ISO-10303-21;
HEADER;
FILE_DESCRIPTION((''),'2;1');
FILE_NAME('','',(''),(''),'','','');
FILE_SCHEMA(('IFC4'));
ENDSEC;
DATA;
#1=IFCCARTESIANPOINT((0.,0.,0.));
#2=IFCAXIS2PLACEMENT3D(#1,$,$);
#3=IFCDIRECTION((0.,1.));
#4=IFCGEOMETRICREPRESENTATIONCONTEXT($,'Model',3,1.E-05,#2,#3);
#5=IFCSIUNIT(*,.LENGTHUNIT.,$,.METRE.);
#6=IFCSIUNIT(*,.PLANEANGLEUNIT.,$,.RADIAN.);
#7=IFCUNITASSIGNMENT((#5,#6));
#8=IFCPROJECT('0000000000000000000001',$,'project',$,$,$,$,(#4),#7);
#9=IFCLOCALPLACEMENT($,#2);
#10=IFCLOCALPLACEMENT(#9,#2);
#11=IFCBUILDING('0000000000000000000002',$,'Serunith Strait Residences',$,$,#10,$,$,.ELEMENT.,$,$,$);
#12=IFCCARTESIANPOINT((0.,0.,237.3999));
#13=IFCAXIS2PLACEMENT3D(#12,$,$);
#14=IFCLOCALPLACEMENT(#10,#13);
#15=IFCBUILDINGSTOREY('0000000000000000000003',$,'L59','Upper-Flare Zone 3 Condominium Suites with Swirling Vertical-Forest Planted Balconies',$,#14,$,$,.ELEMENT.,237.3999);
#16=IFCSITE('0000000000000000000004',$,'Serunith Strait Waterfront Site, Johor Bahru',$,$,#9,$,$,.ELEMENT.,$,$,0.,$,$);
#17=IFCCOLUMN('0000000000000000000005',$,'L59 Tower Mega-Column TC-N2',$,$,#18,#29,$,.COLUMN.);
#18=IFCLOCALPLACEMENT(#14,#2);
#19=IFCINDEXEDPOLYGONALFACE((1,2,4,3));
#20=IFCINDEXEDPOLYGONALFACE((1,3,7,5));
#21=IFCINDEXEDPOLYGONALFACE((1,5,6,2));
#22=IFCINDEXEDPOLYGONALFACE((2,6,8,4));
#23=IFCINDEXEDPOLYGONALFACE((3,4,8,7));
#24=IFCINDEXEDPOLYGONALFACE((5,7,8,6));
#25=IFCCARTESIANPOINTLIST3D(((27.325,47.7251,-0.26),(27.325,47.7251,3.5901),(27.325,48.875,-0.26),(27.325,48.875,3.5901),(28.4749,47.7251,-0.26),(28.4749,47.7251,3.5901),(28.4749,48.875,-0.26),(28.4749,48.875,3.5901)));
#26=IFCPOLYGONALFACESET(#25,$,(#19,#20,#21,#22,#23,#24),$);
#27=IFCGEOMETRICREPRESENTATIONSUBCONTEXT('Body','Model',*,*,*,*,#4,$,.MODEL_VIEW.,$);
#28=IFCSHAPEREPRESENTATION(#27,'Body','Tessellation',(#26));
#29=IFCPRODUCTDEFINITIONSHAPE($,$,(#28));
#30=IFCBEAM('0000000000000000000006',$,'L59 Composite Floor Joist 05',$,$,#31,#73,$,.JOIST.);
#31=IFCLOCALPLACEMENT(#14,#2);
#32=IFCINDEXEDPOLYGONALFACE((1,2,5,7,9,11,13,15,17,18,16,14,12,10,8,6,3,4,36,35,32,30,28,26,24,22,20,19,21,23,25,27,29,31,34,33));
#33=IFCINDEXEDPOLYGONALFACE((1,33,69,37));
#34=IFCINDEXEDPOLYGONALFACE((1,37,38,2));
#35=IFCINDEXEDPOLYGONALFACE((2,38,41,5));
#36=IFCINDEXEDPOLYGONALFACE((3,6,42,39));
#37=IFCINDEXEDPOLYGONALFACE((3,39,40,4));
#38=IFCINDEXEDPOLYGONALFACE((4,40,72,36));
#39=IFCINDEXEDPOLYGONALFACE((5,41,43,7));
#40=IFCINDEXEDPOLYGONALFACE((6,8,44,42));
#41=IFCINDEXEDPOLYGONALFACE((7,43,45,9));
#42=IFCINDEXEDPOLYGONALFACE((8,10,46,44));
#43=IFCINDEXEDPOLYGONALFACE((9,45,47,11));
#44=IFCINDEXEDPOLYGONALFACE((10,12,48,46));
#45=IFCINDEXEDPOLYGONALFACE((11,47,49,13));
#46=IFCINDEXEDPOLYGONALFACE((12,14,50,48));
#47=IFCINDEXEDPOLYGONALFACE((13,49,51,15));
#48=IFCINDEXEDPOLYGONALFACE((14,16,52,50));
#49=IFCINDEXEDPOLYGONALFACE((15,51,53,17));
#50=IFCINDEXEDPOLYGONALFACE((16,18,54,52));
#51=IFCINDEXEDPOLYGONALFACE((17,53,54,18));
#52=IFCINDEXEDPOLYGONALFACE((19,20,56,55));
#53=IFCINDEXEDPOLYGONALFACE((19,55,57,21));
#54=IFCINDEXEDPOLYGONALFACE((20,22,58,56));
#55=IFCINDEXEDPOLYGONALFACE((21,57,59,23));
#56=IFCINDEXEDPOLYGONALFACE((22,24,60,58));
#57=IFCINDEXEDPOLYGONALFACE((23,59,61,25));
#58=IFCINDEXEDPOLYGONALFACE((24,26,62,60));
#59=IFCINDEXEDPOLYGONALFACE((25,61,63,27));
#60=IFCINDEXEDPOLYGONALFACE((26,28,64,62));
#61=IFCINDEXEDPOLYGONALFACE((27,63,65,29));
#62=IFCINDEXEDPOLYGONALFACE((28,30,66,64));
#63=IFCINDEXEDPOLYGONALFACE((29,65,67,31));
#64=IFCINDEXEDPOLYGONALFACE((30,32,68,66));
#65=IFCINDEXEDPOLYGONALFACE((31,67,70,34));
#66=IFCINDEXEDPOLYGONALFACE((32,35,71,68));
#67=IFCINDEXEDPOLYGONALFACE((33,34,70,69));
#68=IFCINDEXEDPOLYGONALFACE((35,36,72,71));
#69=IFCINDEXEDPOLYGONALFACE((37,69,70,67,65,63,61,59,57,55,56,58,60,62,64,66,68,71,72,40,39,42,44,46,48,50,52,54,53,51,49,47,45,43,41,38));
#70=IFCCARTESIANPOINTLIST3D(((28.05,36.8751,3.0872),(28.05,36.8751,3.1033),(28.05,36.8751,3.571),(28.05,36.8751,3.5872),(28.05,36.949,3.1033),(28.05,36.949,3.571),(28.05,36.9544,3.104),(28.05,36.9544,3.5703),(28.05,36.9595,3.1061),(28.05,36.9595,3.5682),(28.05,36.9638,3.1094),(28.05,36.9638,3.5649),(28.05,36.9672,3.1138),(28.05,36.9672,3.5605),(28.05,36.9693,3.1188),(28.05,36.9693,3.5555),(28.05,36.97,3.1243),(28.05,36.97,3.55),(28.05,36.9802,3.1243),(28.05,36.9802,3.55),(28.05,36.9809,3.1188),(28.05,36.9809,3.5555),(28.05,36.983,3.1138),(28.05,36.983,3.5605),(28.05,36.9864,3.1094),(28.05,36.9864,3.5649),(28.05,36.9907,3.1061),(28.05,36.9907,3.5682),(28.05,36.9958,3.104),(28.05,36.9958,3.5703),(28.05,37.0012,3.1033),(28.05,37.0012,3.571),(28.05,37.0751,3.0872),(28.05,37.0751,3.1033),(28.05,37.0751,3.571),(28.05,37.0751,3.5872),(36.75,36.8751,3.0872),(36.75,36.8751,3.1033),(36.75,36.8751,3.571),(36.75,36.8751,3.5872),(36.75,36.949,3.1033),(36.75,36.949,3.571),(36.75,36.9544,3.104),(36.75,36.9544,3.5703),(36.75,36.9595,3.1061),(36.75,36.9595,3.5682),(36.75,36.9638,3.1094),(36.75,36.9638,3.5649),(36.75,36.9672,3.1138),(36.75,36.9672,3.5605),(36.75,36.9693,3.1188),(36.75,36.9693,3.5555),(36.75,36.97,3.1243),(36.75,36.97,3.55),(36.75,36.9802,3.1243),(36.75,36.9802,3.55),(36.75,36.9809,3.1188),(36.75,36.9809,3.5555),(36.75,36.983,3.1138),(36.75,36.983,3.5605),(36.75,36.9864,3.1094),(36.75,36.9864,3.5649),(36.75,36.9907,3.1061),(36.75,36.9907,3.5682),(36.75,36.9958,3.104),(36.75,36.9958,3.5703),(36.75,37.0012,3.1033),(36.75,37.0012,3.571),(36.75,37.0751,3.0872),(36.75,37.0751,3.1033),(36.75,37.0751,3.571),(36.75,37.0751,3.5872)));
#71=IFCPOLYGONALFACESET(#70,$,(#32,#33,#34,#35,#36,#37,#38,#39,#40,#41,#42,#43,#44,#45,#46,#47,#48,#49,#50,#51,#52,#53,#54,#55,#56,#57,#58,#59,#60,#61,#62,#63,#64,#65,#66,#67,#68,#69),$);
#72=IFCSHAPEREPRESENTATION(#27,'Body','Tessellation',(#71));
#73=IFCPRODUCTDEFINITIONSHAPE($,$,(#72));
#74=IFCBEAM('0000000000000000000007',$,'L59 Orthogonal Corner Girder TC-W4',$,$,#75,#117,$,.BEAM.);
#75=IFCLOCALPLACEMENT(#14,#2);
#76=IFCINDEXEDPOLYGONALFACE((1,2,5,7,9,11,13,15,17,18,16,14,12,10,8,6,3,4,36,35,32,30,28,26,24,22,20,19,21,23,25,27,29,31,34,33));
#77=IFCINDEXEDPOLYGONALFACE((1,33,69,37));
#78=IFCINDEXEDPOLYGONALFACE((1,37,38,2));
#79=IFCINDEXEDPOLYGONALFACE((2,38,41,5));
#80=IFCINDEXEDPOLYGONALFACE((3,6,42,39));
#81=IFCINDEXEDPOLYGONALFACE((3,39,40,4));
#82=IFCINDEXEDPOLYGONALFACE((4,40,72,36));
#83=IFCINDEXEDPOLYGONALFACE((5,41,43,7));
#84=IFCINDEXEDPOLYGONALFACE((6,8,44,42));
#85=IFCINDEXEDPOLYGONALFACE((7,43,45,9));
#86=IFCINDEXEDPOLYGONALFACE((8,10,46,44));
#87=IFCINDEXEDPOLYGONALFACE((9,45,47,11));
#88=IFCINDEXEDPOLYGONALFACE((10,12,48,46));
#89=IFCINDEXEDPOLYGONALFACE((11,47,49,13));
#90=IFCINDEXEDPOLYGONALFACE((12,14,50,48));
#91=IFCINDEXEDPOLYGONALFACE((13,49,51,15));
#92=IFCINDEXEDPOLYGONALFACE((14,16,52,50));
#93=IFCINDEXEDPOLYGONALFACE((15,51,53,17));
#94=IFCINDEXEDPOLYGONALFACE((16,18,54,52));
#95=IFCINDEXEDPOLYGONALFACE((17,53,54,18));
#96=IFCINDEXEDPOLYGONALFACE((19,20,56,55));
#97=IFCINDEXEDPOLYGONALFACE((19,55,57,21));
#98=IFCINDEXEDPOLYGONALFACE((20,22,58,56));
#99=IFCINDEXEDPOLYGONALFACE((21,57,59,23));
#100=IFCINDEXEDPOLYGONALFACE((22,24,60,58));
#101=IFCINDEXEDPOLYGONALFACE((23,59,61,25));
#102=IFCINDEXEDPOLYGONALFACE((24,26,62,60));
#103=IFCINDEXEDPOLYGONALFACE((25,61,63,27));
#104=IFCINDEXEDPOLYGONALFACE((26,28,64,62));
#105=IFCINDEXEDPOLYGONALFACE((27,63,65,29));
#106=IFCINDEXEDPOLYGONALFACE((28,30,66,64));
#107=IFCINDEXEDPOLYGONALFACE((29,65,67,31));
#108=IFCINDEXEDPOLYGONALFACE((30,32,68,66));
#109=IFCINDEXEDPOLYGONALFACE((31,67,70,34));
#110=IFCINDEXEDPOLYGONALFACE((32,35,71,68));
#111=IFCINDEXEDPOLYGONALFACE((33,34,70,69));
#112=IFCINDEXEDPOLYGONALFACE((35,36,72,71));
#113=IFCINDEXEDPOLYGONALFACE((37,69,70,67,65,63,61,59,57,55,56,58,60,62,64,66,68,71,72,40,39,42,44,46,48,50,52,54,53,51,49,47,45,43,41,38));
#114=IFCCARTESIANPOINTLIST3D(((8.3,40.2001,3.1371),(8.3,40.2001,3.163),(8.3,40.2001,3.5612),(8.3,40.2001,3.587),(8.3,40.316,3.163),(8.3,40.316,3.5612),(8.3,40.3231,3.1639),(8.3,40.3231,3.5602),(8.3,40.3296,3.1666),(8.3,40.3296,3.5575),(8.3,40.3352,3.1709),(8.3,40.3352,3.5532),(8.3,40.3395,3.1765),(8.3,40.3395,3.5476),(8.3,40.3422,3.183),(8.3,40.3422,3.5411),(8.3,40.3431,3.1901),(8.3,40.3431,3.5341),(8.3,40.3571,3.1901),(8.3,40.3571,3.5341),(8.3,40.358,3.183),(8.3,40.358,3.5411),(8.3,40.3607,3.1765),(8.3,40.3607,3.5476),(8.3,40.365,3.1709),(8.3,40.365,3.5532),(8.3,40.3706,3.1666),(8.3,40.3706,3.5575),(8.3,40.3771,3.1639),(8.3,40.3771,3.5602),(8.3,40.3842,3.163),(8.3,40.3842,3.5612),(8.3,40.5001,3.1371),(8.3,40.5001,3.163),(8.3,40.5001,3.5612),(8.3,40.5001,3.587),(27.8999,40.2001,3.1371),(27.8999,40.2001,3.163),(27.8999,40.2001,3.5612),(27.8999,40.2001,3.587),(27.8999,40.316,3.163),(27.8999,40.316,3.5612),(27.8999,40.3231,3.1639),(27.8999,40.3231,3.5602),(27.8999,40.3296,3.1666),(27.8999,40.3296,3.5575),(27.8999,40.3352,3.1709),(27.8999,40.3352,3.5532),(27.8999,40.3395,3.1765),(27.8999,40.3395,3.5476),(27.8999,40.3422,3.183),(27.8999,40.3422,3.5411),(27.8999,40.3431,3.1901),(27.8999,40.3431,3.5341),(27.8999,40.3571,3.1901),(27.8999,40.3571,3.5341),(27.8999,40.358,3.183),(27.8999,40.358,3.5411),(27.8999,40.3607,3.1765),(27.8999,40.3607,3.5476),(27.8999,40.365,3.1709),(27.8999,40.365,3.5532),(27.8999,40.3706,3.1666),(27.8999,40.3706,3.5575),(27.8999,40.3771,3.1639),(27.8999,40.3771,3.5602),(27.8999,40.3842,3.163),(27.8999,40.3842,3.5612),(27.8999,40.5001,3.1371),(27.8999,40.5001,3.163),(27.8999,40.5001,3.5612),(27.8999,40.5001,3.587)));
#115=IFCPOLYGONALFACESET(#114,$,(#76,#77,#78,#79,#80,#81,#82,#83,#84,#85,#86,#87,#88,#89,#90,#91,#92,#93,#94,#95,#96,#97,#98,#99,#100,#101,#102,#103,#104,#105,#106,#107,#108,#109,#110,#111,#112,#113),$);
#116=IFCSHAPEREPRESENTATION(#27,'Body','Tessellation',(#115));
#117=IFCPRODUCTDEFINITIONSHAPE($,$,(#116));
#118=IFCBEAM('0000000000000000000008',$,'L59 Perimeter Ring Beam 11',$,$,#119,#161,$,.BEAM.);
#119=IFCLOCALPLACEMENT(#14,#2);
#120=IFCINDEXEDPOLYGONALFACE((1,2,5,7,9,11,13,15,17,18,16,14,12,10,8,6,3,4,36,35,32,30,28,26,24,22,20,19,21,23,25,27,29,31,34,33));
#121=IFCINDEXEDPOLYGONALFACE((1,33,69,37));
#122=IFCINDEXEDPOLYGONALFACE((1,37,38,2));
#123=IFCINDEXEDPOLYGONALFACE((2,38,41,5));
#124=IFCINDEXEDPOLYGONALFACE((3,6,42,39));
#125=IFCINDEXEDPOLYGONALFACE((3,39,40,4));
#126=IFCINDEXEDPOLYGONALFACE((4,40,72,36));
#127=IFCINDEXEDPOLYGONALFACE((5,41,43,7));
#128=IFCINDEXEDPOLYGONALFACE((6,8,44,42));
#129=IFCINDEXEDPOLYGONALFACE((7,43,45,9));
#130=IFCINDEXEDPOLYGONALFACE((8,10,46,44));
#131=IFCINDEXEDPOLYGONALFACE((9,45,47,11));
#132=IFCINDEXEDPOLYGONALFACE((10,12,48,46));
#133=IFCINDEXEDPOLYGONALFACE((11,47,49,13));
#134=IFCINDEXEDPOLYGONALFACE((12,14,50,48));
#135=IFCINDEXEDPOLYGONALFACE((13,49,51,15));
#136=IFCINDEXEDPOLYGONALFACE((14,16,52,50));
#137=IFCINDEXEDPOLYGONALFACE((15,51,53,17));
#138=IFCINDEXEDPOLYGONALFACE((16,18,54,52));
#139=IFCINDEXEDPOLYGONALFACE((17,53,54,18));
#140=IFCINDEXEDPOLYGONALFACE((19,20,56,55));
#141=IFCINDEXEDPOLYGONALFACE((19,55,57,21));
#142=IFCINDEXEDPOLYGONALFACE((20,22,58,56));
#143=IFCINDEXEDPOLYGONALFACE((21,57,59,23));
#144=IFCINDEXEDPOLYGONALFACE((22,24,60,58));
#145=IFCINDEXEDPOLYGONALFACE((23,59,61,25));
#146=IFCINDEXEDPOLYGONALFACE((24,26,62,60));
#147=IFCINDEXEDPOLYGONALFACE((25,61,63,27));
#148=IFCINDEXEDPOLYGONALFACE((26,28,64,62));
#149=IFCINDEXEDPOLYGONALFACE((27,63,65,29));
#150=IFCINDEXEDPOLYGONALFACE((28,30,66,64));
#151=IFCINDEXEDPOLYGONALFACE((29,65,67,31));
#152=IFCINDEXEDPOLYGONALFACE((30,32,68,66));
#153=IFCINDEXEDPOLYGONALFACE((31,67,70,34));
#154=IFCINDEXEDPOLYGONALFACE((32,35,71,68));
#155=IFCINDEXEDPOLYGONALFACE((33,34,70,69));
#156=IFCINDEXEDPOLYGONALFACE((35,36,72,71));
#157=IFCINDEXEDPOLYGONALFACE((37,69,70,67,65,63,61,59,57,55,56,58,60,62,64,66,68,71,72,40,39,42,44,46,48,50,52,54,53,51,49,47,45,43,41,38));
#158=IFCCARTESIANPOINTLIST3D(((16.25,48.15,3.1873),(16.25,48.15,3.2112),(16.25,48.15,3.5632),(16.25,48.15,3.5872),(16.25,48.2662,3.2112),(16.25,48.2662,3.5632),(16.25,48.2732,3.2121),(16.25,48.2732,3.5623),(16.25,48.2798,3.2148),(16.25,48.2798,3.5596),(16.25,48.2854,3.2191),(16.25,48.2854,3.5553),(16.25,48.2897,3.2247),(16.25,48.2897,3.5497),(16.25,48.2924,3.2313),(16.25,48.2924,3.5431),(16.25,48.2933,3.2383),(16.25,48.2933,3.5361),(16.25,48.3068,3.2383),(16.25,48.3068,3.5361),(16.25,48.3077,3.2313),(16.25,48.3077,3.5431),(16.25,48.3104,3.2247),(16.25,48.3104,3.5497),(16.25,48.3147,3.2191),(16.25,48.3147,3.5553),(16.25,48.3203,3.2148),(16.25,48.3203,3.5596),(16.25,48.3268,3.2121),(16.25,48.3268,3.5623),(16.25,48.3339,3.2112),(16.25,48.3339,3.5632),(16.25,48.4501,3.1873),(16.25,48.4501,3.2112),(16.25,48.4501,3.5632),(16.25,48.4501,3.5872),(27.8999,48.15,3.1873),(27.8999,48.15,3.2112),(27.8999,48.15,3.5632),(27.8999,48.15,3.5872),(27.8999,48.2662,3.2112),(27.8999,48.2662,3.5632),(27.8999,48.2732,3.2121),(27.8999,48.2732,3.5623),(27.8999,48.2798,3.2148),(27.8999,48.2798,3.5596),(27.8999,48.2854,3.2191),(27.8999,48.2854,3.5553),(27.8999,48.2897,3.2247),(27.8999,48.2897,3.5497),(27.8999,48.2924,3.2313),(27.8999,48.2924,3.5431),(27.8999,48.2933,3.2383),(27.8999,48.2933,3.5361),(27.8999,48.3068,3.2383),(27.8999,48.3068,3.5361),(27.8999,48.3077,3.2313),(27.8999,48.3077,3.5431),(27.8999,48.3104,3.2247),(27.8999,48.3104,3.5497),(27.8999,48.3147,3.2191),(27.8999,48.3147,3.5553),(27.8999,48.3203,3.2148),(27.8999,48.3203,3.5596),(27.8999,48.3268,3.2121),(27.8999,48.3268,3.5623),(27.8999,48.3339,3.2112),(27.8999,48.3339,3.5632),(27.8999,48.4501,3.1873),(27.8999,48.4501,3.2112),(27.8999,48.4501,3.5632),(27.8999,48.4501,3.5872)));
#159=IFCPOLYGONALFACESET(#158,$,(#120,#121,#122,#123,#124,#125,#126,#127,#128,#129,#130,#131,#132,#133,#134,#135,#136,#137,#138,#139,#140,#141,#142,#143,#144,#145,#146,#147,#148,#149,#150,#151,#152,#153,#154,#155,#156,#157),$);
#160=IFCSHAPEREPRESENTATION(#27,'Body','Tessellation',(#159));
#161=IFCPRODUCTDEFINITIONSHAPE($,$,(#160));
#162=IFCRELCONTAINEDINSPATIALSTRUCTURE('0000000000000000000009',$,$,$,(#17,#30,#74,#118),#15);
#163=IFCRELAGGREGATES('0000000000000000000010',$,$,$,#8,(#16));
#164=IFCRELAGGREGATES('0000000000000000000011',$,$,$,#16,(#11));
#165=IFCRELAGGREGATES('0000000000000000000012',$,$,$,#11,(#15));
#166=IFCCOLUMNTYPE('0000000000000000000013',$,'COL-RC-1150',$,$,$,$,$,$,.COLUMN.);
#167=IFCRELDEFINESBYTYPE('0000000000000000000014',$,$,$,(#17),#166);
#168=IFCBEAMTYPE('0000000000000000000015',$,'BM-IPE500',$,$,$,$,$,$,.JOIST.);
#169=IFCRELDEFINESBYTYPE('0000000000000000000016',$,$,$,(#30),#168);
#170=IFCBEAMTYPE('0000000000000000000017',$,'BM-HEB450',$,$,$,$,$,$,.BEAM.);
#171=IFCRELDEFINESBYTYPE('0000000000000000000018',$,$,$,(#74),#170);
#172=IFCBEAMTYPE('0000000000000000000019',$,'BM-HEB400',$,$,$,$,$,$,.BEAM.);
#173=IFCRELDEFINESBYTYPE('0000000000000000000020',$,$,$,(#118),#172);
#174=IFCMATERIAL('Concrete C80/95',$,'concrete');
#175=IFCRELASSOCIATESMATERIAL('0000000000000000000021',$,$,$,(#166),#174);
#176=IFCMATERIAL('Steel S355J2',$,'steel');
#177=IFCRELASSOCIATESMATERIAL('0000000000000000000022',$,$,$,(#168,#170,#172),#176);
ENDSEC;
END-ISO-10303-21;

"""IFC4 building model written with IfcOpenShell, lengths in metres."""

from ifc_helpers import new_model, si_unit, direction, frame, origin, origin_2d, place, context, subcontext, project, spatial, rectangle, i_section, extrude, source, transform, mapped, material, material_profile, profile_set, type_object, element, save


model = new_model("IFC4")

# Units and contexts
model_context = context("Model", 3, precision=1e-05, world=origin(), true_north=direction((0.0, 1.0)))
body_context = subcontext(model_context, "Body", "Model", "MODEL_VIEW")
ifc_project = project(units=[si_unit("LENGTHUNIT", "METRE"), si_unit("PLANEANGLEUNIT", "RADIAN")], contexts=[model_context])

# Site, building, storey
site_placement = place(None, origin())
site = spatial("IfcSite", under=ifc_project, at=site_placement, Name="Serunith Strait Waterfront Site, Johor Bahru", CompositionType="ELEMENT", RefElevation=0.0)
building_placement = place(site_placement, origin())
building = spatial("IfcBuilding", under=site, at=building_placement, Name="Serunith Strait Residences", CompositionType="ELEMENT")
storey_placement = place(building_placement, frame((0.0, 0.0, 237.3999)))
storey = spatial("IfcBuildingStorey", under=building, at=storey_placement, Name="L59", Description="Upper-Flare Zone 3 Condominium Suites with Swirling Vertical-Forest Planted Balconies", CompositionType="ELEMENT", Elevation=237.3999)

# Column
ifc_material_1 = material(Name="Concrete C80/95", Category="concrete")
ifc_material_profile_1 = material_profile(ifc_material_1, rectangle(XDim=1.1499, YDim=1.1499, at=origin_2d()), Name="RC 1150x1150")
ifc_profile_set_1 = profile_set([ifc_material_profile_1], Name="Concrete C80/95")
column_type = type_object("IfcColumnType", Name="COL-RC-1150", PredefinedType="COLUMN", material=ifc_profile_set_1)
shared_shape_1 = source(origin(), body_context, "Body", "SweptSolid", [
    extrude(rectangle(XDim=1.1499, YDim=1.1499, at=origin_2d()), origin(), (0.0, 0.0, 1.0), 3.8501),
])
column_placement = place(storey_placement, frame((27.8999, 48.3, -0.26), z_axis=(0.0, 0.0, 1.0), x_axis=(1.0, 0.0, 0.0)))
element("IfcColumn", 1, at=column_placement, inside=storey, type_object=column_type, Name="L59 Tower Mega-Column TC-N2", PredefinedType="COLUMN", context=body_context, shape_type="MappedRepresentation", body=[
    mapped(shared_shape_1, transform((0.0, 0.0, 0.0), scale=1.0)),
])

# Beams
ifc_material_2 = material(Name="Steel S355J2", Category="steel")
ifc_material_profile_2 = material_profile(ifc_material_2, i_section(OverallWidth=0.2, OverallDepth=0.5, WebThickness=0.0103, FlangeThickness=0.0161, FilletRadius=0.021, at=origin_2d()), Name="IPE 500")
ifc_profile_set_2 = profile_set([ifc_material_profile_2], Name="Steel S355J2")
beam_type_1 = type_object("IfcBeamType", Name="BM-IPE500", PredefinedType="JOIST", material=ifc_profile_set_2)
shared_shape_2 = source(origin(), body_context, "Body", "SweptSolid", [
    extrude(i_section(OverallWidth=0.2, OverallDepth=0.5, WebThickness=0.0103, FlangeThickness=0.0161, FilletRadius=0.021, at=origin_2d()), origin(), (0.0, 0.0, 1.0), 8.7),
])
beam_1_placement = place(storey_placement, frame((28.05, 36.9751, 3.3372), z_axis=(1.0, 0.0, 0.0), x_axis=(0.0, 1.0, 0.0)))
element("IfcBeam", 2, at=beam_1_placement, inside=storey, type_object=beam_type_1, Name="L59 Composite Floor Joist 05", PredefinedType="JOIST", context=body_context, shape_type="MappedRepresentation", body=[
    mapped(shared_shape_2, transform((0.0, 0.0, 0.0), scale=1.0)),
])
ifc_material_profile_3 = material_profile(ifc_material_2, i_section(OverallWidth=0.3, OverallDepth=0.45, WebThickness=0.0139, FlangeThickness=0.0259, FilletRadius=0.0271, at=origin_2d()), Name="HEB 450")
ifc_profile_set_3 = profile_set([ifc_material_profile_3], Name="Steel S355J2")
beam_type_2 = type_object("IfcBeamType", Name="BM-HEB450", PredefinedType="BEAM", material=ifc_profile_set_3)
shared_shape_3 = source(origin(), body_context, "Body", "SweptSolid", [
    extrude(i_section(OverallWidth=0.3, OverallDepth=0.45, WebThickness=0.0139, FlangeThickness=0.0259, FilletRadius=0.0271, at=origin_2d()), origin(), (0.0, 0.0, 1.0), 19.5999),
])
beam_2_placement = place(storey_placement, frame((27.8999, 40.3501, 3.3621), z_axis=(-1.0, 0.0, 0.0), x_axis=(0.0, -1.0, 0.0)))
element("IfcBeam", 3, at=beam_2_placement, inside=storey, type_object=beam_type_2, Name="L59 Orthogonal Corner Girder TC-W4", PredefinedType="BEAM", context=body_context, shape_type="MappedRepresentation", body=[
    mapped(shared_shape_3, transform((0.0, 0.0, 0.0), scale=1.0)),
])
ifc_material_profile_4 = material_profile(ifc_material_2, i_section(OverallWidth=0.3, OverallDepth=0.3999, WebThickness=0.0134, FlangeThickness=0.0239, FilletRadius=0.0271, at=origin_2d()), Name="HEB 400")
ifc_profile_set_4 = profile_set([ifc_material_profile_4], Name="Steel S355J2")
beam_type_3 = type_object("IfcBeamType", Name="BM-HEB400", PredefinedType="BEAM", material=ifc_profile_set_4)
shared_shape_4 = source(origin(), body_context, "Body", "SweptSolid", [
    extrude(i_section(OverallWidth=0.3, OverallDepth=0.3999, WebThickness=0.0134, FlangeThickness=0.0239, FilletRadius=0.0271, at=origin_2d()), origin(), (0.0, 0.0, 1.0), 11.6499),
])
beam_3_placement = place(storey_placement, frame((27.8999, 48.3, 3.3872), z_axis=(-1.0, 0.0, 0.0), x_axis=(0.0, -1.0, 0.0)))
element("IfcBeam", 4, at=beam_3_placement, inside=storey, type_object=beam_type_3, Name="L59 Perimeter Ring Beam 11", PredefinedType="BEAM", context=body_context, shape_type="MappedRepresentation", body=[
    mapped(shared_shape_4, transform((0.0, 0.0, 0.0), scale=1.0)),
])

save(model, "model.ifc")
